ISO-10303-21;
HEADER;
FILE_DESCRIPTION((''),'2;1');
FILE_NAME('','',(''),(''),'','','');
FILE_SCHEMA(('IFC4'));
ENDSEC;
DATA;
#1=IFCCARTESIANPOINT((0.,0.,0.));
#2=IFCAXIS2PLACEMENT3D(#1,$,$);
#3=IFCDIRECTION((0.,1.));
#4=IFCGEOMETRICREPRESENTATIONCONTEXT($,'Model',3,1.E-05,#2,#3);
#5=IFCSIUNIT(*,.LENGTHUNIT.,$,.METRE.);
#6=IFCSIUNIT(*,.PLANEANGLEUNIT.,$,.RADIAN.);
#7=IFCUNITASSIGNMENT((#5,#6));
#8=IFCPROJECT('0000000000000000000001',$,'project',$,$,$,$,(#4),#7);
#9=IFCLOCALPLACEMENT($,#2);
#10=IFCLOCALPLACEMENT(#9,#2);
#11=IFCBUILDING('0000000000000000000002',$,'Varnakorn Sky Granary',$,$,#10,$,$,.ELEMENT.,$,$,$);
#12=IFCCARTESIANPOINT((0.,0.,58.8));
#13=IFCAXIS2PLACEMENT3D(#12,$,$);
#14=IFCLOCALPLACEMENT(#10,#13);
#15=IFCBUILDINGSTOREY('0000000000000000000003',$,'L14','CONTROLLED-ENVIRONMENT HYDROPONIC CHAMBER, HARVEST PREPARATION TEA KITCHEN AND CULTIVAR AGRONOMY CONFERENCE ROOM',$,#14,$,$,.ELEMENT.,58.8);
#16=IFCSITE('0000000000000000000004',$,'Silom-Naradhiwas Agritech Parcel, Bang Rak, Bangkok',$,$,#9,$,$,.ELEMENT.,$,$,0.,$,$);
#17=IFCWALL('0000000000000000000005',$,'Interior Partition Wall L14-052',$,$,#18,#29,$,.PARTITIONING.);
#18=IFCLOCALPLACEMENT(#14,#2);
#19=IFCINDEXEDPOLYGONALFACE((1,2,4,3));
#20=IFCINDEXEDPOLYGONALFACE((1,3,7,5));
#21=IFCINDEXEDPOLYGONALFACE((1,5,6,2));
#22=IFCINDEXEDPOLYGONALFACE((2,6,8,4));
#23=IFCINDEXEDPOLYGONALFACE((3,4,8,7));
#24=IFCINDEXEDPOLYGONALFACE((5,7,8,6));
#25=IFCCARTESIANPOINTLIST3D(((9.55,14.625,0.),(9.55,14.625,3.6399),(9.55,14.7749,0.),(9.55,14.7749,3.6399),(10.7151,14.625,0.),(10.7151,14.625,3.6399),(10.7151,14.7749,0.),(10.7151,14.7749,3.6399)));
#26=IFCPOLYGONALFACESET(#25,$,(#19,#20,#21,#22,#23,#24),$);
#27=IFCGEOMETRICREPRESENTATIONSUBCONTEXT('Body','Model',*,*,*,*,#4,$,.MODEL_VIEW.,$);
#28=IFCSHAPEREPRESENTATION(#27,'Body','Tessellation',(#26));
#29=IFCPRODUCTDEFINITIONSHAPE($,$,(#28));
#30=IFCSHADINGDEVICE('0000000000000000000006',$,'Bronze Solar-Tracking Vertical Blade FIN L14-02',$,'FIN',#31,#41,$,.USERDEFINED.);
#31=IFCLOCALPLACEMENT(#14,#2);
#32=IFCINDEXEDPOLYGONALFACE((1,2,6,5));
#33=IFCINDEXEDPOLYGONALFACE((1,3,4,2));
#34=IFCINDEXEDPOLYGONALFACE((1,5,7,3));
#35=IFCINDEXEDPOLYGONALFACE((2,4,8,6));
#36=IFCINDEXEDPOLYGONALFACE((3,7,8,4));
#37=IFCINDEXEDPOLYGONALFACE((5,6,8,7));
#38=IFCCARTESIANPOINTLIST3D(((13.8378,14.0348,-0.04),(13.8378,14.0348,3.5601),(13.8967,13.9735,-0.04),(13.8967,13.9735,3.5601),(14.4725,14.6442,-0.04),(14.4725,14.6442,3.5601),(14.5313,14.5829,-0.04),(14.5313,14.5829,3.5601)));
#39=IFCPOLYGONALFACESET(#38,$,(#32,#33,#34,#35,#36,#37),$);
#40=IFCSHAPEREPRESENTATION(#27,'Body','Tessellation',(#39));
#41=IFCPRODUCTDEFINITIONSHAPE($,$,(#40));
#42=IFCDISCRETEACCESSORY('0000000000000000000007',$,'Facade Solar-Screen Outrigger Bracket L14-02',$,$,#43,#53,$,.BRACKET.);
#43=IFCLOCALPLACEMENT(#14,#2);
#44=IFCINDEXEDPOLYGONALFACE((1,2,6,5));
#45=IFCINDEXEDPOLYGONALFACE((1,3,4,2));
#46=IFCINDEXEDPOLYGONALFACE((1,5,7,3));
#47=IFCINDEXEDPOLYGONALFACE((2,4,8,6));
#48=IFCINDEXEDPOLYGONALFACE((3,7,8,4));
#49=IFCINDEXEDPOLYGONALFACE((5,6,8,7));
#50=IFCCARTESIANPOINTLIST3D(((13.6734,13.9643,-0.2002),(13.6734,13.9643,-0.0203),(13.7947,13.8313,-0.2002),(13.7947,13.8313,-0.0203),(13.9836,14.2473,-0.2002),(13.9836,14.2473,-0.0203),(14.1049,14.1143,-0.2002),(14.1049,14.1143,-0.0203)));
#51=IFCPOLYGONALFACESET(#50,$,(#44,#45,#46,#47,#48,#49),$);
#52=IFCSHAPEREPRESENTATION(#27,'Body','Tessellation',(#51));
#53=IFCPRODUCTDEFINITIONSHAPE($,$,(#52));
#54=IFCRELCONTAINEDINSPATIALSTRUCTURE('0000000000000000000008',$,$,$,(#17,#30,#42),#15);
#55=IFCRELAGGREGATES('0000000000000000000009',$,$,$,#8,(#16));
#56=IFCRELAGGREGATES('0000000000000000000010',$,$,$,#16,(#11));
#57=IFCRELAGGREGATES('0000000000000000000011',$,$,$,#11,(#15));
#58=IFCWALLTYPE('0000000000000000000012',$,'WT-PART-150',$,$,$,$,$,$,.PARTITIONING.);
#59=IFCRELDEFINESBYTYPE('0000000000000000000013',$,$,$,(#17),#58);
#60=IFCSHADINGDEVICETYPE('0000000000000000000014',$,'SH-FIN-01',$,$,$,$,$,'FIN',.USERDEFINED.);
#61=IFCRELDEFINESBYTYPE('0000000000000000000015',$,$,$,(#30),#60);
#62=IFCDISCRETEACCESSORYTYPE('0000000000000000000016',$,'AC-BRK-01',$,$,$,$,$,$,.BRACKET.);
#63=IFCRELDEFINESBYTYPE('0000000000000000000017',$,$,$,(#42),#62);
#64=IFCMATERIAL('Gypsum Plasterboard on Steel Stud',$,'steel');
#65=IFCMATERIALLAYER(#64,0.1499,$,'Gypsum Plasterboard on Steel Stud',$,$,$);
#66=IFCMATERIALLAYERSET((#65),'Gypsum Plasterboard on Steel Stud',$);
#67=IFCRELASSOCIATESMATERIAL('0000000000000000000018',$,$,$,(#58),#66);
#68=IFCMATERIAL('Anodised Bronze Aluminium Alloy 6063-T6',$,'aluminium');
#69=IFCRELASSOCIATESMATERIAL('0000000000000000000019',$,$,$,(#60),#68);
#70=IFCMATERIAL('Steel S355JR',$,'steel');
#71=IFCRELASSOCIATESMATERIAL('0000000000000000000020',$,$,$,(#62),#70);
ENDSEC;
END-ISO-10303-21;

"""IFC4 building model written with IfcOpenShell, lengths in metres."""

from ifc_helpers import new_model, si_unit, direction, frame, frame_2d, origin, origin_2d, place, context, subcontext, project, spatial, rectangle, extrude, source, transform, mapped, material, layer, layer_set, type_object, type_shapes, element, save


model = new_model("IFC4")

# Units and contexts
model_context = context("Model", 3, precision=1e-05, world=origin(), true_north=direction((0.0, 1.0)))
body_context = subcontext(model_context, "Body", "Model", "MODEL_VIEW")
ifc_project = project(units=[si_unit("LENGTHUNIT", "METRE"), si_unit("PLANEANGLEUNIT", "RADIAN")], contexts=[model_context])

# Site, building, storey
site_placement = place(None, origin())
site = spatial("IfcSite", under=ifc_project, at=site_placement, Name="Silom-Naradhiwas Agritech Parcel, Bang Rak, Bangkok", CompositionType="ELEMENT", RefElevation=0.0)
building_placement = place(site_placement, origin())
building = spatial("IfcBuilding", under=site, at=building_placement, Name="Varnakorn Sky Granary", CompositionType="ELEMENT")
storey_placement = place(building_placement, frame((0.0, 0.0, 58.8)))
storey = spatial("IfcBuildingStorey", under=building, at=storey_placement, Name="L14", Description="CONTROLLED-ENVIRONMENT HYDROPONIC CHAMBER, HARVEST PREPARATION TEA KITCHEN AND CULTIVAR AGRONOMY CONFERENCE ROOM", CompositionType="ELEMENT", Elevation=58.8)

# Shared definitions
ifc_material_1 = material(Name="Steel S355JR", Category="steel")

# Shared definitions
ifc_material_2 = material(Name="Anodised Bronze Aluminium Alloy 6063-T6", Category="aluminium")

# Wall
ifc_material_3 = material(Name="Gypsum Plasterboard on Steel Stud", Category="steel")
ifc_layer_1 = layer(ifc_material_3, 0.1499, Name="Gypsum Plasterboard on Steel Stud")
ifc_layer_set_1 = layer_set([ifc_layer_1], Name="Gypsum Plasterboard on Steel Stud")
wall_type = type_object("IfcWallType", Name="WT-PART-150", PredefinedType="PARTITIONING", material=ifc_layer_set_1)
wall_1_placement = place(storey_placement, frame((10.7151, 14.7, 0.0), z_axis=(0.0, 0.0, 1.0), x_axis=(-1.0, 0.0, 0.0)))
element("IfcWall", 1, at=wall_1_placement, inside=storey, type_object=wall_type, Name="Interior Partition Wall L14-052", PredefinedType="PARTITIONING", context=body_context, shape_type="SweptSolid", body=[
    extrude(rectangle(XDim=1.165, YDim=0.1499, at=frame_2d((0.5825, 0.0))), origin(), (0.0, 0.0, 1.0), 3.6399),
])

# Shading device
shading_device_type = type_object("IfcShadingDeviceType", Name="SH-FIN-01", ElementType="FIN", PredefinedType="USERDEFINED", material=ifc_material_2)
shared_shape_1 = source(origin(), body_context, "Body", "SweptSolid", [
    extrude(rectangle(XDim=0.085, YDim=0.8799, at=origin_2d()), origin(), (0.0, 0.0, 1.0), 3.6001),
])
type_shapes(shading_device_type, [shared_shape_1])
shading_device_placement = place(storey_placement, frame((14.1846, 14.3088, -0.04), z_axis=(0.0, 0.0, 1.0), x_axis=(-0.692627, 0.721296, 0.0)))
element("IfcShadingDevice", 2, at=shading_device_placement, inside=storey, type_object=shading_device_type, Name="Bronze Solar-Tracking Vertical Blade FIN L14-02", ObjectType="FIN", PredefinedType="USERDEFINED", context=body_context, shape_type="MappedRepresentation", body=[
    mapped(shared_shape_1, transform((0.0, 0.0, 0.0), x_axis=(1.0, 0.0, 0.0), y_axis=(0.0, 1.0, 0.0), z_axis=(0.0, 0.0, 1.0), scale=1.0)),
])

# Discrete accessory
discrete_accessory_type = type_object("IfcDiscreteAccessoryType", Name="AC-BRK-01", PredefinedType="BRACKET", material=ifc_material_1)
shared_shape_2 = source(origin(), body_context, "Body", "SweptSolid", [
    extrude(rectangle(XDim=0.1799, YDim=0.4199, at=origin_2d()), origin(), (0.0, 0.0, 1.0), 0.1799),
])
type_shapes(discrete_accessory_type, [shared_shape_2])
discrete_accessory_placement = place(storey_placement, frame((13.8892, 14.0393, -0.2002), z_axis=(0.0, 0.0, 1.0), x_axis=(-0.673963, 0.738765, 0.0)))
element("IfcDiscreteAccessory", 3, at=discrete_accessory_placement, inside=storey, type_object=discrete_accessory_type, Name="Facade Solar-Screen Outrigger Bracket L14-02", PredefinedType="BRACKET", context=body_context, shape_type="MappedRepresentation", body=[
    mapped(shared_shape_2, transform((0.0, 0.0, 0.0), x_axis=(1.0, 0.0, 0.0), y_axis=(0.0, 1.0, 0.0), z_axis=(0.0, 0.0, 1.0), scale=1.0)),
])

save(model, "model.ifc")
